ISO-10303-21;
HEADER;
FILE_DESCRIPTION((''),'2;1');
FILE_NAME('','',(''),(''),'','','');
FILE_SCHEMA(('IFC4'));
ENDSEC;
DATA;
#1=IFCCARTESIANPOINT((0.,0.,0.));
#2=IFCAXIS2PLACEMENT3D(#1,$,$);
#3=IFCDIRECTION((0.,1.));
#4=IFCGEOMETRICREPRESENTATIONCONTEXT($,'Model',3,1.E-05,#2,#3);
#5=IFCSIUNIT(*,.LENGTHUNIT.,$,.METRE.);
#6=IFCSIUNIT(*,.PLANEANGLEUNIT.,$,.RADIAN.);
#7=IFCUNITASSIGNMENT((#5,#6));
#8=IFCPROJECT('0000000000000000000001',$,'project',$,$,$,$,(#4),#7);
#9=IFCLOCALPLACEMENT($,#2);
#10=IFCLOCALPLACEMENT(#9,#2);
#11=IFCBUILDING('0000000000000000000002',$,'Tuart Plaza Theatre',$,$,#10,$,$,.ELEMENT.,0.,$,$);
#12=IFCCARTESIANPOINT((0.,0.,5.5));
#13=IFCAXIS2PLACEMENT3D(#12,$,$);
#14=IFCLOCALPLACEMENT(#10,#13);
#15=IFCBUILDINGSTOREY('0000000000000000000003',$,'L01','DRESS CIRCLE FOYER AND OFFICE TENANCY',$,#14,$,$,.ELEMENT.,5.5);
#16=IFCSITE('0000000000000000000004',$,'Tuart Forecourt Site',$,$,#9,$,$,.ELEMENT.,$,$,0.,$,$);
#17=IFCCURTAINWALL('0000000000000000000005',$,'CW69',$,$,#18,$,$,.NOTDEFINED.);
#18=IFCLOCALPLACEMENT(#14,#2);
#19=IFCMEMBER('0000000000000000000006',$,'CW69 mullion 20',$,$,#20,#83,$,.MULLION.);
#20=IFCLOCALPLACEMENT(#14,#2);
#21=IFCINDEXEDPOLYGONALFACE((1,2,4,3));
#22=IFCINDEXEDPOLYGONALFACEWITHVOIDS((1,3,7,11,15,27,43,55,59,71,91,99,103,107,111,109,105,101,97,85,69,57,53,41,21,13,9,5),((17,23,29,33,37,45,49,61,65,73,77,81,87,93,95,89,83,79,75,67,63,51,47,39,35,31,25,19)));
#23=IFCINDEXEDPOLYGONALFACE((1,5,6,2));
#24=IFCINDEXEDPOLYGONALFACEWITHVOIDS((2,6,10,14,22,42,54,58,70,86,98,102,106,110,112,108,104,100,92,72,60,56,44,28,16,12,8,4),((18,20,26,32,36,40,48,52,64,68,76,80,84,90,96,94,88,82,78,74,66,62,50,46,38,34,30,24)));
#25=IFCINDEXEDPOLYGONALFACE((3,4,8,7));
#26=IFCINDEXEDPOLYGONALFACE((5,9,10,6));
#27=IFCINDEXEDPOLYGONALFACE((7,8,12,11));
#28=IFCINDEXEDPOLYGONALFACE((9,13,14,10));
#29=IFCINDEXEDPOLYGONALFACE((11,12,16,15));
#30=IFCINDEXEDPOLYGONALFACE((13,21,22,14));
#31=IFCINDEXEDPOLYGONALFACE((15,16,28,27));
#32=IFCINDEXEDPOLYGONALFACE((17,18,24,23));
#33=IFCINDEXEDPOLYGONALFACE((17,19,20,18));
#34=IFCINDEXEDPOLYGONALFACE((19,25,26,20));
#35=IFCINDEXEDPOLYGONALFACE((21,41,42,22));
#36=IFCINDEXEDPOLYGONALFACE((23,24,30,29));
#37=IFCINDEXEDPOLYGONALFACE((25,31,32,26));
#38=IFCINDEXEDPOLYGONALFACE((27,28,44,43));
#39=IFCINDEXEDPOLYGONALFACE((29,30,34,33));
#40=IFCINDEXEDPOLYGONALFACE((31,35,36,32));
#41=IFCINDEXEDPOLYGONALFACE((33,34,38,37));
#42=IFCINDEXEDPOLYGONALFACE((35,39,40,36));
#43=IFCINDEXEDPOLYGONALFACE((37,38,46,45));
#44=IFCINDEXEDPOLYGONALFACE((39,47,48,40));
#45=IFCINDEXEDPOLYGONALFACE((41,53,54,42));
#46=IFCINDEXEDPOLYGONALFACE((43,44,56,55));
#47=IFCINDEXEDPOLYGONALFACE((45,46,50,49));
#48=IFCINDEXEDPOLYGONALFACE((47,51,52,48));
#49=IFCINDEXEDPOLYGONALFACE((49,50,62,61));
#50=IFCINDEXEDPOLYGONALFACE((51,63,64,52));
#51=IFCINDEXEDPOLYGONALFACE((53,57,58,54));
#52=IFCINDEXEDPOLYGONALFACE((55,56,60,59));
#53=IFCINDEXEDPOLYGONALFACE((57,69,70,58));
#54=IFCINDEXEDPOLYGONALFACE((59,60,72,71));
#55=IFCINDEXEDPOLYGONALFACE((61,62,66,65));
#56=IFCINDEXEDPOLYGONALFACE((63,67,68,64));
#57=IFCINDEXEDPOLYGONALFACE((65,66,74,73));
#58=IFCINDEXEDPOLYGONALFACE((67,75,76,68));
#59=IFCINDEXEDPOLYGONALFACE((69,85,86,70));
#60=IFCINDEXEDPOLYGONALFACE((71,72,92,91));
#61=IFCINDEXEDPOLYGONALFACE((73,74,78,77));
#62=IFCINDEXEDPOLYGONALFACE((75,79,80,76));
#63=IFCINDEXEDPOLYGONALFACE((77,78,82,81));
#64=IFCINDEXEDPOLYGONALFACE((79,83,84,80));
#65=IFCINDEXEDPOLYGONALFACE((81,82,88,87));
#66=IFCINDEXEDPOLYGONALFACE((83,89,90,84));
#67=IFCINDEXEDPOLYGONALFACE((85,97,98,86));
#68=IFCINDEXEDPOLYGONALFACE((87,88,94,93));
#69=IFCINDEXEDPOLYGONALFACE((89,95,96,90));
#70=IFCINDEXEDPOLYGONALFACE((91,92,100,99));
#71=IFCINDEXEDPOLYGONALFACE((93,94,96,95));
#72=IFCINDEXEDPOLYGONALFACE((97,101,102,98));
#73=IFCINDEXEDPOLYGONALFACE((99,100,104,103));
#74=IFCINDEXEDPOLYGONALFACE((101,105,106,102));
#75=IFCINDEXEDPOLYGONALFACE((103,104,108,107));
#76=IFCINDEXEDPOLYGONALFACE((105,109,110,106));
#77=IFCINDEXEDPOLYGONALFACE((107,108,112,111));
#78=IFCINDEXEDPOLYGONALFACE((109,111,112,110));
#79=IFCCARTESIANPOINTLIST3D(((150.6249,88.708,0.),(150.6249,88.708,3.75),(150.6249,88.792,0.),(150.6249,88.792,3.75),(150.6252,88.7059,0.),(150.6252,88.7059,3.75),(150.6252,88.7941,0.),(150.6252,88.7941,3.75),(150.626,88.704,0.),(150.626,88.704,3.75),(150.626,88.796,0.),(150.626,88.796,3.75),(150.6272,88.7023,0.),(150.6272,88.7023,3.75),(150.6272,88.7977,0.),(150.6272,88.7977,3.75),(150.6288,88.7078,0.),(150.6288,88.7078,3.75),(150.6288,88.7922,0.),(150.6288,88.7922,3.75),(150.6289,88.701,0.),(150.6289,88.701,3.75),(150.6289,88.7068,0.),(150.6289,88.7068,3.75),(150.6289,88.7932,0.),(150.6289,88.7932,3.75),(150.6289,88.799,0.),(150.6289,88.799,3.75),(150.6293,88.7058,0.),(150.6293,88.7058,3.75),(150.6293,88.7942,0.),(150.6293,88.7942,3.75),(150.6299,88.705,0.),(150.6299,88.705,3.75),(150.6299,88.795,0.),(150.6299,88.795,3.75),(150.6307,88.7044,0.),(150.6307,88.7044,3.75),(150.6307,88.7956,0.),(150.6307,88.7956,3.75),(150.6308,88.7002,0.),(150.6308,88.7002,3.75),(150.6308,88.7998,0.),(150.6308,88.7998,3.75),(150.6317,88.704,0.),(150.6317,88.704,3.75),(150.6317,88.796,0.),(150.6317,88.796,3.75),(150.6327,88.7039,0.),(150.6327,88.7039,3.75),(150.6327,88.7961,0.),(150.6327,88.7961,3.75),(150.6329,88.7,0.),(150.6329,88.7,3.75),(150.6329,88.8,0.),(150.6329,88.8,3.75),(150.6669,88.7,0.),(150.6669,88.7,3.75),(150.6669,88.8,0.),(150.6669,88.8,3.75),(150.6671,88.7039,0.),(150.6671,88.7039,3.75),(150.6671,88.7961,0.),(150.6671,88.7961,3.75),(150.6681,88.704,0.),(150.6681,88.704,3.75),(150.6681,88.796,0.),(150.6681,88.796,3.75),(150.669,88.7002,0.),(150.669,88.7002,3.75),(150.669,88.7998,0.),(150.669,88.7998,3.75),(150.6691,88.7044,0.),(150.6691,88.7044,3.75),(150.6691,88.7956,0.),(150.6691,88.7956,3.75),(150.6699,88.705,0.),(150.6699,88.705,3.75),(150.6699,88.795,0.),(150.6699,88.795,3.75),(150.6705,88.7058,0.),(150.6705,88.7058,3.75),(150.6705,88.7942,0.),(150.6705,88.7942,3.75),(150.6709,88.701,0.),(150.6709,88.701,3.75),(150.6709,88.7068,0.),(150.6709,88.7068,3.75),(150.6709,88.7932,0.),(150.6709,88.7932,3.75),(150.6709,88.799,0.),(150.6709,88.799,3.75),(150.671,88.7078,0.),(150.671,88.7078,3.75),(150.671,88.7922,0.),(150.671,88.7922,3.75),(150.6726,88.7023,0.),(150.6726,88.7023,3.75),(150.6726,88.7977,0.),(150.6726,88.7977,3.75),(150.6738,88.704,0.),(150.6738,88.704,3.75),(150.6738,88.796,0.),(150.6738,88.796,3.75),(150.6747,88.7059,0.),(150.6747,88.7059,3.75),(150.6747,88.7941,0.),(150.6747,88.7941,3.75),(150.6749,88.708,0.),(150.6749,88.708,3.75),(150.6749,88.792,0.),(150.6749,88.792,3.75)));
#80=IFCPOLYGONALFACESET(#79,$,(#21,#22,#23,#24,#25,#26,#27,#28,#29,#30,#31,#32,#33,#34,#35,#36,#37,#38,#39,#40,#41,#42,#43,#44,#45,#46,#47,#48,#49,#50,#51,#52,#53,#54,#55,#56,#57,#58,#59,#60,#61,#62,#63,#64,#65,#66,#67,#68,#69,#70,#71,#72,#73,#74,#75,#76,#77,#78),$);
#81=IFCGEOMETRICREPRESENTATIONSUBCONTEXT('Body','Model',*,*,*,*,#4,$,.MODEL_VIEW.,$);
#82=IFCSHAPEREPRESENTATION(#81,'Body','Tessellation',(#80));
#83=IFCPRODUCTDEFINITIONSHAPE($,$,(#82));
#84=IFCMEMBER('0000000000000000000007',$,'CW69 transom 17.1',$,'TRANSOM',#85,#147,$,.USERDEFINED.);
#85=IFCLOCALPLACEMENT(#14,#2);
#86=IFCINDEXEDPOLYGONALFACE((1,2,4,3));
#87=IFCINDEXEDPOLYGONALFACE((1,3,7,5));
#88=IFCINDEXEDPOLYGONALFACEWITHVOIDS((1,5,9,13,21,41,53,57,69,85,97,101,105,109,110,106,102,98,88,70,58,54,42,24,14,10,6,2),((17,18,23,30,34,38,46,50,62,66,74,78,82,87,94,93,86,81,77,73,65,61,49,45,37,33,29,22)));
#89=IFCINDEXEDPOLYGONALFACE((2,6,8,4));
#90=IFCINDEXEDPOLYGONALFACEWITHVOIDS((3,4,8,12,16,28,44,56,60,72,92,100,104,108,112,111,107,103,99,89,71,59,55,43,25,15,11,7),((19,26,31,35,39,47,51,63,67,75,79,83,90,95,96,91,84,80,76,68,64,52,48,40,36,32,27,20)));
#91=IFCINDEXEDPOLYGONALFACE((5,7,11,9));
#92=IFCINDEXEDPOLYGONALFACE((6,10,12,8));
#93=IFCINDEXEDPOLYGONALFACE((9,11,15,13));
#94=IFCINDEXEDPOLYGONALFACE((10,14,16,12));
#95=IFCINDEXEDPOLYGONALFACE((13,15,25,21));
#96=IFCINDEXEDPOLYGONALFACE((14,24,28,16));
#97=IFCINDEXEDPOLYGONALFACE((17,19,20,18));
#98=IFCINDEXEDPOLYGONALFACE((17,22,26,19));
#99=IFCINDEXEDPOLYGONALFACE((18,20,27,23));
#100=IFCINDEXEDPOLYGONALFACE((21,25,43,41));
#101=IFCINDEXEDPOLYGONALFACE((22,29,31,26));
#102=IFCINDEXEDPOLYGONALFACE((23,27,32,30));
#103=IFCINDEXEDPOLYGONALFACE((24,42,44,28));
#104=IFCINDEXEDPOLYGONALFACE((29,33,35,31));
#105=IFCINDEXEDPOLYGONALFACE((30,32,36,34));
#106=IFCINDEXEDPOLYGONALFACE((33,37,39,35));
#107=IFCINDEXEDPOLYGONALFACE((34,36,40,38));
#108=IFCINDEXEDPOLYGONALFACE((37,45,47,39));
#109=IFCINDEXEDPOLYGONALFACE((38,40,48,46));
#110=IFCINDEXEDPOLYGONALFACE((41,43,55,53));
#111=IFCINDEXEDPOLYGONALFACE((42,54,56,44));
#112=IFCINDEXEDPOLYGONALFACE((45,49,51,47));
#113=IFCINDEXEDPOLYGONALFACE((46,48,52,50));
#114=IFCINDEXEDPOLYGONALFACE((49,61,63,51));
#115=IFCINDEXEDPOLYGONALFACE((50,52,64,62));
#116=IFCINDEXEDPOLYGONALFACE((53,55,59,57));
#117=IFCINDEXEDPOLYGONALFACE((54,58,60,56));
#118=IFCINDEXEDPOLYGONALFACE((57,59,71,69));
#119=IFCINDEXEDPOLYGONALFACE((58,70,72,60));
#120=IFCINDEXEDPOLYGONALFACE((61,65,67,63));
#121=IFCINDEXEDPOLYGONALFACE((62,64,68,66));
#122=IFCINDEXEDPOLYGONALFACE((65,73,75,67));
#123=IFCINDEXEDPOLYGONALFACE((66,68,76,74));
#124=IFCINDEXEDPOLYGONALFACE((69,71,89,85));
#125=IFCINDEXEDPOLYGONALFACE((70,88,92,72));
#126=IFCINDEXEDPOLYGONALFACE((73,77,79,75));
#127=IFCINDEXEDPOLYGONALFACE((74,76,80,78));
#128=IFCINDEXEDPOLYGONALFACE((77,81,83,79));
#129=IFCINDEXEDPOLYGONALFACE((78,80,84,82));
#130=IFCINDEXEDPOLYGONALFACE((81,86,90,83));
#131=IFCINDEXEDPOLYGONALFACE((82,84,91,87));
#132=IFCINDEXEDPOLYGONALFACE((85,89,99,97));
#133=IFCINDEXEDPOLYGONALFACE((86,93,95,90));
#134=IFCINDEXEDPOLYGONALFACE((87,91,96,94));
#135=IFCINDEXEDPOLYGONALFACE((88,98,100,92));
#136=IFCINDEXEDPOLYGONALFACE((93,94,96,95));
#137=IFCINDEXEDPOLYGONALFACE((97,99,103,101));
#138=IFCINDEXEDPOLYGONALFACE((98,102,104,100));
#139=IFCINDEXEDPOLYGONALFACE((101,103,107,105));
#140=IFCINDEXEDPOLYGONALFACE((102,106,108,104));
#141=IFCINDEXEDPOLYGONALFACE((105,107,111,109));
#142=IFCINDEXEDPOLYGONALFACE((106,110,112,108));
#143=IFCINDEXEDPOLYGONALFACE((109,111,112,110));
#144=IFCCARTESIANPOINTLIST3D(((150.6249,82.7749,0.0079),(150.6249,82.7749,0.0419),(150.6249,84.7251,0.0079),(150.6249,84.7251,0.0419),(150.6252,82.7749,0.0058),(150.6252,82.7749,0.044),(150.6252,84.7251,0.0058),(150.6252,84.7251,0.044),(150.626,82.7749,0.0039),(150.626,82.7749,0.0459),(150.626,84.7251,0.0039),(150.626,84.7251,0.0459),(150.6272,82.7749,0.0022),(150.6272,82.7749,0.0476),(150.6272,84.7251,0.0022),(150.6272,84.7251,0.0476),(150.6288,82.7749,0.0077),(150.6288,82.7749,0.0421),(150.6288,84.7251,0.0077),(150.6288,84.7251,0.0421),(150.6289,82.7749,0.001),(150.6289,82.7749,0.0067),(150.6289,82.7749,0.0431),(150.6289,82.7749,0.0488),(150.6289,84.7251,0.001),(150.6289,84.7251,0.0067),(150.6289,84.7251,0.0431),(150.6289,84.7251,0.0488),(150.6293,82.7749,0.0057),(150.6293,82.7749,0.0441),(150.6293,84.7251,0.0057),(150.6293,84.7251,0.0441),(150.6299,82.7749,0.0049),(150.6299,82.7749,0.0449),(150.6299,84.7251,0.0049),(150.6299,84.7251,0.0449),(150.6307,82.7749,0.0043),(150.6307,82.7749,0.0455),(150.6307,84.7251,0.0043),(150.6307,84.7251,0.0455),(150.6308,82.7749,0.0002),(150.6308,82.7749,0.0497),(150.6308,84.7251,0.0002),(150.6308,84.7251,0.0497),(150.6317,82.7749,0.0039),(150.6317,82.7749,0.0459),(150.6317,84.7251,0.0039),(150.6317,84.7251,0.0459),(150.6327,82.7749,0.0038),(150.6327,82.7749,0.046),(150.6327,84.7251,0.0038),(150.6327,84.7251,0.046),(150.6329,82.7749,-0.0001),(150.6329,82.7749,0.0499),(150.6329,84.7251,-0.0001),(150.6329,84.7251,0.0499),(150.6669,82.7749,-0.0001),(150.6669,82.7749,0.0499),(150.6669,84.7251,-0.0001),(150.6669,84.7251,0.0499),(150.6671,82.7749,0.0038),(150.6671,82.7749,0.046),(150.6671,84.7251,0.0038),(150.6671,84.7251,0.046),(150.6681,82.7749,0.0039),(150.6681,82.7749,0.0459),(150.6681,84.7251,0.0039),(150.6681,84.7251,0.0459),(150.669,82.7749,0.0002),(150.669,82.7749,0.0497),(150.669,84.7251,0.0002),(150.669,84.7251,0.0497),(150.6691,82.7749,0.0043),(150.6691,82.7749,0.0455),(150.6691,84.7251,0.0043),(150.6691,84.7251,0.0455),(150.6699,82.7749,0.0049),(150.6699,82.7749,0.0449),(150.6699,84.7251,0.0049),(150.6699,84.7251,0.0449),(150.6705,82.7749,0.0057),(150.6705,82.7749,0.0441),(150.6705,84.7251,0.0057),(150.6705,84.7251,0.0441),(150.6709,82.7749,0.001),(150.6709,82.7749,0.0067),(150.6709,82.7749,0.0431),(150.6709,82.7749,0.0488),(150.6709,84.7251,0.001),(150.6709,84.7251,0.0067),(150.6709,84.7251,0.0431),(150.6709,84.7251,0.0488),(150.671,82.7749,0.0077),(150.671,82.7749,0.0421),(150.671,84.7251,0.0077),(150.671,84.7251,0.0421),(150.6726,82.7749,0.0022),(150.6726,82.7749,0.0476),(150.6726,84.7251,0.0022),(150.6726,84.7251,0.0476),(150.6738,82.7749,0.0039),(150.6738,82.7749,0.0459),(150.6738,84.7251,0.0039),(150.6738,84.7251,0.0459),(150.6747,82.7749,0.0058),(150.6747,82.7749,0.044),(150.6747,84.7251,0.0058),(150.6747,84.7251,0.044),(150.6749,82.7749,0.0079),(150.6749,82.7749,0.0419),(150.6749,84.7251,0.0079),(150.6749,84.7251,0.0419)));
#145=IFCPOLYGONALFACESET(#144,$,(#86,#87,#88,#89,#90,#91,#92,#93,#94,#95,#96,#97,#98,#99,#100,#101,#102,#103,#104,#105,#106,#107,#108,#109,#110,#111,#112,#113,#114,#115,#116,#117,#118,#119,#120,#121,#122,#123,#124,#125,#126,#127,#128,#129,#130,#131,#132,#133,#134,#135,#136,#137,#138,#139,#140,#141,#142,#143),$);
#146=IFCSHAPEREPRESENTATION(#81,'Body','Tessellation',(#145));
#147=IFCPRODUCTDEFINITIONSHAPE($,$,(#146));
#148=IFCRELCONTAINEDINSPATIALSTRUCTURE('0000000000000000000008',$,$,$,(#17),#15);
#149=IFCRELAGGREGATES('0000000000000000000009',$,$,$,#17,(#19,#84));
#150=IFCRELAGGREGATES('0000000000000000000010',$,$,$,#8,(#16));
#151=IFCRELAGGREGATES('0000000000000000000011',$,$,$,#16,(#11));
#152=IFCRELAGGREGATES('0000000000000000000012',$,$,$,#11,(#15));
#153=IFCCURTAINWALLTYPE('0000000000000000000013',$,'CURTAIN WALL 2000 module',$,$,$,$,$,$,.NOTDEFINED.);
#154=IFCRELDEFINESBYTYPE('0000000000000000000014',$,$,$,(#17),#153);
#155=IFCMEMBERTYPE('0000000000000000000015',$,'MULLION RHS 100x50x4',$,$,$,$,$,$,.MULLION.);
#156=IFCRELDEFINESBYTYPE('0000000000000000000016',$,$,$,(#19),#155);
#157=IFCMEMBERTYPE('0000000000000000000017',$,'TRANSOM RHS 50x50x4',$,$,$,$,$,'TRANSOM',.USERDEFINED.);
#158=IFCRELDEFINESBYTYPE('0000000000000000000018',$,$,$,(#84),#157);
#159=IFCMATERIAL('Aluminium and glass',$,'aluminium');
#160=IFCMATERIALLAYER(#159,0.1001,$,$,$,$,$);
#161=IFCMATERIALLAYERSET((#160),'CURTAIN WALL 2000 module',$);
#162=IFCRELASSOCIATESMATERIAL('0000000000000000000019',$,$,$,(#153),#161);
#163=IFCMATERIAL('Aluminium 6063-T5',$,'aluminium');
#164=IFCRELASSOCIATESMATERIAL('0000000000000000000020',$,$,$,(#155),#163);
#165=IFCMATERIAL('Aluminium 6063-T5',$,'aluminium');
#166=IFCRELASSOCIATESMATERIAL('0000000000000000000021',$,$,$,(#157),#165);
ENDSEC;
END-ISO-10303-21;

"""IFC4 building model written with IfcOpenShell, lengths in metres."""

from ifc_helpers import new_model, si_unit, direction, frame, origin, origin_2d, place, context, subcontext, project, spatial, hollow_rectangle, extrude, material, layer, layer_set, material_profile, profile_set, type_object, element, aggregate, save


model = new_model("IFC4")

# Units and contexts
model_context = context("Model", 3, precision=1e-05, world=origin(), true_north=direction((0.0, 1.0)))
body_context = subcontext(model_context, "Body", "Model", "MODEL_VIEW")
ifc_project = project(units=[si_unit("LENGTHUNIT", "METRE"), si_unit("PLANEANGLEUNIT", "RADIAN")], contexts=[model_context])

# Site, building, storey
site_placement = place(None, origin())
site = spatial("IfcSite", under=ifc_project, at=site_placement, Name="Tuart Forecourt Site", CompositionType="ELEMENT", RefElevation=0.0)
building_placement = place(site_placement, origin())
building = spatial("IfcBuilding", under=site, at=building_placement, Name="Tuart Plaza Theatre", CompositionType="ELEMENT", ElevationOfRefHeight=0.0)
storey_placement = place(building_placement, frame((0.0, 0.0, 5.5)))
storey = spatial("IfcBuildingStorey", under=building, at=storey_placement, Name="L01", Description="DRESS CIRCLE FOYER AND OFFICE TENANCY", CompositionType="ELEMENT", Elevation=5.5)

# Curtain wall, members
ifc_material_1 = material(Name="Aluminium and glass", Category="aluminium")
ifc_layer_1 = layer(ifc_material_1, 0.1001)
ifc_layer_set_1 = layer_set([ifc_layer_1], Name="CURTAIN WALL 2000 module")
curtain_wall_type = type_object("IfcCurtainWallType", Name="CURTAIN WALL 2000 module", PredefinedType="NOTDEFINED", material=ifc_layer_set_1)
curtain_wall_placement = place(storey_placement, origin())
curtain_wall = element("IfcCurtainWall", 1, at=curtain_wall_placement, inside=storey, type_object=curtain_wall_type, Name="CW69", PredefinedType="NOTDEFINED")
ifc_material_2 = material(Name="Aluminium 6063-T5", Category="aluminium")
ifc_material_profile_1 = material_profile(ifc_material_2, hollow_rectangle(XDim=0.05, YDim=0.1001, WallThickness=0.0039, InnerFilletRadius=0.0039, OuterFilletRadius=0.0081, at=origin_2d()), Name="RHS 100x50x4")
ifc_profile_set_1 = profile_set([ifc_material_profile_1], Name="Aluminium 6063-T5")
member_type_1 = type_object("IfcMemberType", Name="MULLION RHS 100x50x4", PredefinedType="MULLION", material=ifc_profile_set_1)
member_1_placement = place(storey_placement, frame((150.6499, 88.75, 0.0), z_axis=(0.0, 0.0, 1.0), x_axis=(-1.0, 0.0, 0.0)))
member_1 = element("IfcMember", 2, at=member_1_placement, type_object=member_type_1, Name="CW69 mullion 20", PredefinedType="MULLION", context=body_context, shape_type="SweptSolid", body=[
    extrude(hollow_rectangle(XDim=0.05, YDim=0.1001, WallThickness=0.0039, InnerFilletRadius=0.0039, OuterFilletRadius=0.0081, at=origin_2d()), origin(), (0.0, 0.0, 1.0), 3.75),
])
ifc_material_3 = material(Name="Aluminium 6063-T5", Category="aluminium")
ifc_material_profile_2 = material_profile(ifc_material_3, hollow_rectangle(XDim=0.05, YDim=0.05, WallThickness=0.0039, InnerFilletRadius=0.0039, OuterFilletRadius=0.0081, at=origin_2d()), Name="RHS 50x50x4")
ifc_profile_set_2 = profile_set([ifc_material_profile_2], Name="Aluminium 6063-T5")
member_type_2 = type_object("IfcMemberType", Name="TRANSOM RHS 50x50x4", ElementType="TRANSOM", PredefinedType="USERDEFINED", material=ifc_profile_set_2)
member_2_placement = place(storey_placement, frame((150.6499, 82.7749, 0.0249), z_axis=(0.0, 1.0, 0.0), x_axis=(-1.0, 0.0, 0.0)))
member_2 = element("IfcMember", 3, at=member_2_placement, type_object=member_type_2, Name="CW69 transom 17.1", ObjectType="TRANSOM", PredefinedType="USERDEFINED", context=body_context, shape_type="SweptSolid", body=[
    extrude(hollow_rectangle(XDim=0.05, YDim=0.05, WallThickness=0.0039, InnerFilletRadius=0.0039, OuterFilletRadius=0.0081, at=origin_2d()), origin(), (0.0, 0.0, 1.0), 1.9502),
])
aggregate(curtain_wall, [member_1, member_2])

save(model, "model.ifc")
